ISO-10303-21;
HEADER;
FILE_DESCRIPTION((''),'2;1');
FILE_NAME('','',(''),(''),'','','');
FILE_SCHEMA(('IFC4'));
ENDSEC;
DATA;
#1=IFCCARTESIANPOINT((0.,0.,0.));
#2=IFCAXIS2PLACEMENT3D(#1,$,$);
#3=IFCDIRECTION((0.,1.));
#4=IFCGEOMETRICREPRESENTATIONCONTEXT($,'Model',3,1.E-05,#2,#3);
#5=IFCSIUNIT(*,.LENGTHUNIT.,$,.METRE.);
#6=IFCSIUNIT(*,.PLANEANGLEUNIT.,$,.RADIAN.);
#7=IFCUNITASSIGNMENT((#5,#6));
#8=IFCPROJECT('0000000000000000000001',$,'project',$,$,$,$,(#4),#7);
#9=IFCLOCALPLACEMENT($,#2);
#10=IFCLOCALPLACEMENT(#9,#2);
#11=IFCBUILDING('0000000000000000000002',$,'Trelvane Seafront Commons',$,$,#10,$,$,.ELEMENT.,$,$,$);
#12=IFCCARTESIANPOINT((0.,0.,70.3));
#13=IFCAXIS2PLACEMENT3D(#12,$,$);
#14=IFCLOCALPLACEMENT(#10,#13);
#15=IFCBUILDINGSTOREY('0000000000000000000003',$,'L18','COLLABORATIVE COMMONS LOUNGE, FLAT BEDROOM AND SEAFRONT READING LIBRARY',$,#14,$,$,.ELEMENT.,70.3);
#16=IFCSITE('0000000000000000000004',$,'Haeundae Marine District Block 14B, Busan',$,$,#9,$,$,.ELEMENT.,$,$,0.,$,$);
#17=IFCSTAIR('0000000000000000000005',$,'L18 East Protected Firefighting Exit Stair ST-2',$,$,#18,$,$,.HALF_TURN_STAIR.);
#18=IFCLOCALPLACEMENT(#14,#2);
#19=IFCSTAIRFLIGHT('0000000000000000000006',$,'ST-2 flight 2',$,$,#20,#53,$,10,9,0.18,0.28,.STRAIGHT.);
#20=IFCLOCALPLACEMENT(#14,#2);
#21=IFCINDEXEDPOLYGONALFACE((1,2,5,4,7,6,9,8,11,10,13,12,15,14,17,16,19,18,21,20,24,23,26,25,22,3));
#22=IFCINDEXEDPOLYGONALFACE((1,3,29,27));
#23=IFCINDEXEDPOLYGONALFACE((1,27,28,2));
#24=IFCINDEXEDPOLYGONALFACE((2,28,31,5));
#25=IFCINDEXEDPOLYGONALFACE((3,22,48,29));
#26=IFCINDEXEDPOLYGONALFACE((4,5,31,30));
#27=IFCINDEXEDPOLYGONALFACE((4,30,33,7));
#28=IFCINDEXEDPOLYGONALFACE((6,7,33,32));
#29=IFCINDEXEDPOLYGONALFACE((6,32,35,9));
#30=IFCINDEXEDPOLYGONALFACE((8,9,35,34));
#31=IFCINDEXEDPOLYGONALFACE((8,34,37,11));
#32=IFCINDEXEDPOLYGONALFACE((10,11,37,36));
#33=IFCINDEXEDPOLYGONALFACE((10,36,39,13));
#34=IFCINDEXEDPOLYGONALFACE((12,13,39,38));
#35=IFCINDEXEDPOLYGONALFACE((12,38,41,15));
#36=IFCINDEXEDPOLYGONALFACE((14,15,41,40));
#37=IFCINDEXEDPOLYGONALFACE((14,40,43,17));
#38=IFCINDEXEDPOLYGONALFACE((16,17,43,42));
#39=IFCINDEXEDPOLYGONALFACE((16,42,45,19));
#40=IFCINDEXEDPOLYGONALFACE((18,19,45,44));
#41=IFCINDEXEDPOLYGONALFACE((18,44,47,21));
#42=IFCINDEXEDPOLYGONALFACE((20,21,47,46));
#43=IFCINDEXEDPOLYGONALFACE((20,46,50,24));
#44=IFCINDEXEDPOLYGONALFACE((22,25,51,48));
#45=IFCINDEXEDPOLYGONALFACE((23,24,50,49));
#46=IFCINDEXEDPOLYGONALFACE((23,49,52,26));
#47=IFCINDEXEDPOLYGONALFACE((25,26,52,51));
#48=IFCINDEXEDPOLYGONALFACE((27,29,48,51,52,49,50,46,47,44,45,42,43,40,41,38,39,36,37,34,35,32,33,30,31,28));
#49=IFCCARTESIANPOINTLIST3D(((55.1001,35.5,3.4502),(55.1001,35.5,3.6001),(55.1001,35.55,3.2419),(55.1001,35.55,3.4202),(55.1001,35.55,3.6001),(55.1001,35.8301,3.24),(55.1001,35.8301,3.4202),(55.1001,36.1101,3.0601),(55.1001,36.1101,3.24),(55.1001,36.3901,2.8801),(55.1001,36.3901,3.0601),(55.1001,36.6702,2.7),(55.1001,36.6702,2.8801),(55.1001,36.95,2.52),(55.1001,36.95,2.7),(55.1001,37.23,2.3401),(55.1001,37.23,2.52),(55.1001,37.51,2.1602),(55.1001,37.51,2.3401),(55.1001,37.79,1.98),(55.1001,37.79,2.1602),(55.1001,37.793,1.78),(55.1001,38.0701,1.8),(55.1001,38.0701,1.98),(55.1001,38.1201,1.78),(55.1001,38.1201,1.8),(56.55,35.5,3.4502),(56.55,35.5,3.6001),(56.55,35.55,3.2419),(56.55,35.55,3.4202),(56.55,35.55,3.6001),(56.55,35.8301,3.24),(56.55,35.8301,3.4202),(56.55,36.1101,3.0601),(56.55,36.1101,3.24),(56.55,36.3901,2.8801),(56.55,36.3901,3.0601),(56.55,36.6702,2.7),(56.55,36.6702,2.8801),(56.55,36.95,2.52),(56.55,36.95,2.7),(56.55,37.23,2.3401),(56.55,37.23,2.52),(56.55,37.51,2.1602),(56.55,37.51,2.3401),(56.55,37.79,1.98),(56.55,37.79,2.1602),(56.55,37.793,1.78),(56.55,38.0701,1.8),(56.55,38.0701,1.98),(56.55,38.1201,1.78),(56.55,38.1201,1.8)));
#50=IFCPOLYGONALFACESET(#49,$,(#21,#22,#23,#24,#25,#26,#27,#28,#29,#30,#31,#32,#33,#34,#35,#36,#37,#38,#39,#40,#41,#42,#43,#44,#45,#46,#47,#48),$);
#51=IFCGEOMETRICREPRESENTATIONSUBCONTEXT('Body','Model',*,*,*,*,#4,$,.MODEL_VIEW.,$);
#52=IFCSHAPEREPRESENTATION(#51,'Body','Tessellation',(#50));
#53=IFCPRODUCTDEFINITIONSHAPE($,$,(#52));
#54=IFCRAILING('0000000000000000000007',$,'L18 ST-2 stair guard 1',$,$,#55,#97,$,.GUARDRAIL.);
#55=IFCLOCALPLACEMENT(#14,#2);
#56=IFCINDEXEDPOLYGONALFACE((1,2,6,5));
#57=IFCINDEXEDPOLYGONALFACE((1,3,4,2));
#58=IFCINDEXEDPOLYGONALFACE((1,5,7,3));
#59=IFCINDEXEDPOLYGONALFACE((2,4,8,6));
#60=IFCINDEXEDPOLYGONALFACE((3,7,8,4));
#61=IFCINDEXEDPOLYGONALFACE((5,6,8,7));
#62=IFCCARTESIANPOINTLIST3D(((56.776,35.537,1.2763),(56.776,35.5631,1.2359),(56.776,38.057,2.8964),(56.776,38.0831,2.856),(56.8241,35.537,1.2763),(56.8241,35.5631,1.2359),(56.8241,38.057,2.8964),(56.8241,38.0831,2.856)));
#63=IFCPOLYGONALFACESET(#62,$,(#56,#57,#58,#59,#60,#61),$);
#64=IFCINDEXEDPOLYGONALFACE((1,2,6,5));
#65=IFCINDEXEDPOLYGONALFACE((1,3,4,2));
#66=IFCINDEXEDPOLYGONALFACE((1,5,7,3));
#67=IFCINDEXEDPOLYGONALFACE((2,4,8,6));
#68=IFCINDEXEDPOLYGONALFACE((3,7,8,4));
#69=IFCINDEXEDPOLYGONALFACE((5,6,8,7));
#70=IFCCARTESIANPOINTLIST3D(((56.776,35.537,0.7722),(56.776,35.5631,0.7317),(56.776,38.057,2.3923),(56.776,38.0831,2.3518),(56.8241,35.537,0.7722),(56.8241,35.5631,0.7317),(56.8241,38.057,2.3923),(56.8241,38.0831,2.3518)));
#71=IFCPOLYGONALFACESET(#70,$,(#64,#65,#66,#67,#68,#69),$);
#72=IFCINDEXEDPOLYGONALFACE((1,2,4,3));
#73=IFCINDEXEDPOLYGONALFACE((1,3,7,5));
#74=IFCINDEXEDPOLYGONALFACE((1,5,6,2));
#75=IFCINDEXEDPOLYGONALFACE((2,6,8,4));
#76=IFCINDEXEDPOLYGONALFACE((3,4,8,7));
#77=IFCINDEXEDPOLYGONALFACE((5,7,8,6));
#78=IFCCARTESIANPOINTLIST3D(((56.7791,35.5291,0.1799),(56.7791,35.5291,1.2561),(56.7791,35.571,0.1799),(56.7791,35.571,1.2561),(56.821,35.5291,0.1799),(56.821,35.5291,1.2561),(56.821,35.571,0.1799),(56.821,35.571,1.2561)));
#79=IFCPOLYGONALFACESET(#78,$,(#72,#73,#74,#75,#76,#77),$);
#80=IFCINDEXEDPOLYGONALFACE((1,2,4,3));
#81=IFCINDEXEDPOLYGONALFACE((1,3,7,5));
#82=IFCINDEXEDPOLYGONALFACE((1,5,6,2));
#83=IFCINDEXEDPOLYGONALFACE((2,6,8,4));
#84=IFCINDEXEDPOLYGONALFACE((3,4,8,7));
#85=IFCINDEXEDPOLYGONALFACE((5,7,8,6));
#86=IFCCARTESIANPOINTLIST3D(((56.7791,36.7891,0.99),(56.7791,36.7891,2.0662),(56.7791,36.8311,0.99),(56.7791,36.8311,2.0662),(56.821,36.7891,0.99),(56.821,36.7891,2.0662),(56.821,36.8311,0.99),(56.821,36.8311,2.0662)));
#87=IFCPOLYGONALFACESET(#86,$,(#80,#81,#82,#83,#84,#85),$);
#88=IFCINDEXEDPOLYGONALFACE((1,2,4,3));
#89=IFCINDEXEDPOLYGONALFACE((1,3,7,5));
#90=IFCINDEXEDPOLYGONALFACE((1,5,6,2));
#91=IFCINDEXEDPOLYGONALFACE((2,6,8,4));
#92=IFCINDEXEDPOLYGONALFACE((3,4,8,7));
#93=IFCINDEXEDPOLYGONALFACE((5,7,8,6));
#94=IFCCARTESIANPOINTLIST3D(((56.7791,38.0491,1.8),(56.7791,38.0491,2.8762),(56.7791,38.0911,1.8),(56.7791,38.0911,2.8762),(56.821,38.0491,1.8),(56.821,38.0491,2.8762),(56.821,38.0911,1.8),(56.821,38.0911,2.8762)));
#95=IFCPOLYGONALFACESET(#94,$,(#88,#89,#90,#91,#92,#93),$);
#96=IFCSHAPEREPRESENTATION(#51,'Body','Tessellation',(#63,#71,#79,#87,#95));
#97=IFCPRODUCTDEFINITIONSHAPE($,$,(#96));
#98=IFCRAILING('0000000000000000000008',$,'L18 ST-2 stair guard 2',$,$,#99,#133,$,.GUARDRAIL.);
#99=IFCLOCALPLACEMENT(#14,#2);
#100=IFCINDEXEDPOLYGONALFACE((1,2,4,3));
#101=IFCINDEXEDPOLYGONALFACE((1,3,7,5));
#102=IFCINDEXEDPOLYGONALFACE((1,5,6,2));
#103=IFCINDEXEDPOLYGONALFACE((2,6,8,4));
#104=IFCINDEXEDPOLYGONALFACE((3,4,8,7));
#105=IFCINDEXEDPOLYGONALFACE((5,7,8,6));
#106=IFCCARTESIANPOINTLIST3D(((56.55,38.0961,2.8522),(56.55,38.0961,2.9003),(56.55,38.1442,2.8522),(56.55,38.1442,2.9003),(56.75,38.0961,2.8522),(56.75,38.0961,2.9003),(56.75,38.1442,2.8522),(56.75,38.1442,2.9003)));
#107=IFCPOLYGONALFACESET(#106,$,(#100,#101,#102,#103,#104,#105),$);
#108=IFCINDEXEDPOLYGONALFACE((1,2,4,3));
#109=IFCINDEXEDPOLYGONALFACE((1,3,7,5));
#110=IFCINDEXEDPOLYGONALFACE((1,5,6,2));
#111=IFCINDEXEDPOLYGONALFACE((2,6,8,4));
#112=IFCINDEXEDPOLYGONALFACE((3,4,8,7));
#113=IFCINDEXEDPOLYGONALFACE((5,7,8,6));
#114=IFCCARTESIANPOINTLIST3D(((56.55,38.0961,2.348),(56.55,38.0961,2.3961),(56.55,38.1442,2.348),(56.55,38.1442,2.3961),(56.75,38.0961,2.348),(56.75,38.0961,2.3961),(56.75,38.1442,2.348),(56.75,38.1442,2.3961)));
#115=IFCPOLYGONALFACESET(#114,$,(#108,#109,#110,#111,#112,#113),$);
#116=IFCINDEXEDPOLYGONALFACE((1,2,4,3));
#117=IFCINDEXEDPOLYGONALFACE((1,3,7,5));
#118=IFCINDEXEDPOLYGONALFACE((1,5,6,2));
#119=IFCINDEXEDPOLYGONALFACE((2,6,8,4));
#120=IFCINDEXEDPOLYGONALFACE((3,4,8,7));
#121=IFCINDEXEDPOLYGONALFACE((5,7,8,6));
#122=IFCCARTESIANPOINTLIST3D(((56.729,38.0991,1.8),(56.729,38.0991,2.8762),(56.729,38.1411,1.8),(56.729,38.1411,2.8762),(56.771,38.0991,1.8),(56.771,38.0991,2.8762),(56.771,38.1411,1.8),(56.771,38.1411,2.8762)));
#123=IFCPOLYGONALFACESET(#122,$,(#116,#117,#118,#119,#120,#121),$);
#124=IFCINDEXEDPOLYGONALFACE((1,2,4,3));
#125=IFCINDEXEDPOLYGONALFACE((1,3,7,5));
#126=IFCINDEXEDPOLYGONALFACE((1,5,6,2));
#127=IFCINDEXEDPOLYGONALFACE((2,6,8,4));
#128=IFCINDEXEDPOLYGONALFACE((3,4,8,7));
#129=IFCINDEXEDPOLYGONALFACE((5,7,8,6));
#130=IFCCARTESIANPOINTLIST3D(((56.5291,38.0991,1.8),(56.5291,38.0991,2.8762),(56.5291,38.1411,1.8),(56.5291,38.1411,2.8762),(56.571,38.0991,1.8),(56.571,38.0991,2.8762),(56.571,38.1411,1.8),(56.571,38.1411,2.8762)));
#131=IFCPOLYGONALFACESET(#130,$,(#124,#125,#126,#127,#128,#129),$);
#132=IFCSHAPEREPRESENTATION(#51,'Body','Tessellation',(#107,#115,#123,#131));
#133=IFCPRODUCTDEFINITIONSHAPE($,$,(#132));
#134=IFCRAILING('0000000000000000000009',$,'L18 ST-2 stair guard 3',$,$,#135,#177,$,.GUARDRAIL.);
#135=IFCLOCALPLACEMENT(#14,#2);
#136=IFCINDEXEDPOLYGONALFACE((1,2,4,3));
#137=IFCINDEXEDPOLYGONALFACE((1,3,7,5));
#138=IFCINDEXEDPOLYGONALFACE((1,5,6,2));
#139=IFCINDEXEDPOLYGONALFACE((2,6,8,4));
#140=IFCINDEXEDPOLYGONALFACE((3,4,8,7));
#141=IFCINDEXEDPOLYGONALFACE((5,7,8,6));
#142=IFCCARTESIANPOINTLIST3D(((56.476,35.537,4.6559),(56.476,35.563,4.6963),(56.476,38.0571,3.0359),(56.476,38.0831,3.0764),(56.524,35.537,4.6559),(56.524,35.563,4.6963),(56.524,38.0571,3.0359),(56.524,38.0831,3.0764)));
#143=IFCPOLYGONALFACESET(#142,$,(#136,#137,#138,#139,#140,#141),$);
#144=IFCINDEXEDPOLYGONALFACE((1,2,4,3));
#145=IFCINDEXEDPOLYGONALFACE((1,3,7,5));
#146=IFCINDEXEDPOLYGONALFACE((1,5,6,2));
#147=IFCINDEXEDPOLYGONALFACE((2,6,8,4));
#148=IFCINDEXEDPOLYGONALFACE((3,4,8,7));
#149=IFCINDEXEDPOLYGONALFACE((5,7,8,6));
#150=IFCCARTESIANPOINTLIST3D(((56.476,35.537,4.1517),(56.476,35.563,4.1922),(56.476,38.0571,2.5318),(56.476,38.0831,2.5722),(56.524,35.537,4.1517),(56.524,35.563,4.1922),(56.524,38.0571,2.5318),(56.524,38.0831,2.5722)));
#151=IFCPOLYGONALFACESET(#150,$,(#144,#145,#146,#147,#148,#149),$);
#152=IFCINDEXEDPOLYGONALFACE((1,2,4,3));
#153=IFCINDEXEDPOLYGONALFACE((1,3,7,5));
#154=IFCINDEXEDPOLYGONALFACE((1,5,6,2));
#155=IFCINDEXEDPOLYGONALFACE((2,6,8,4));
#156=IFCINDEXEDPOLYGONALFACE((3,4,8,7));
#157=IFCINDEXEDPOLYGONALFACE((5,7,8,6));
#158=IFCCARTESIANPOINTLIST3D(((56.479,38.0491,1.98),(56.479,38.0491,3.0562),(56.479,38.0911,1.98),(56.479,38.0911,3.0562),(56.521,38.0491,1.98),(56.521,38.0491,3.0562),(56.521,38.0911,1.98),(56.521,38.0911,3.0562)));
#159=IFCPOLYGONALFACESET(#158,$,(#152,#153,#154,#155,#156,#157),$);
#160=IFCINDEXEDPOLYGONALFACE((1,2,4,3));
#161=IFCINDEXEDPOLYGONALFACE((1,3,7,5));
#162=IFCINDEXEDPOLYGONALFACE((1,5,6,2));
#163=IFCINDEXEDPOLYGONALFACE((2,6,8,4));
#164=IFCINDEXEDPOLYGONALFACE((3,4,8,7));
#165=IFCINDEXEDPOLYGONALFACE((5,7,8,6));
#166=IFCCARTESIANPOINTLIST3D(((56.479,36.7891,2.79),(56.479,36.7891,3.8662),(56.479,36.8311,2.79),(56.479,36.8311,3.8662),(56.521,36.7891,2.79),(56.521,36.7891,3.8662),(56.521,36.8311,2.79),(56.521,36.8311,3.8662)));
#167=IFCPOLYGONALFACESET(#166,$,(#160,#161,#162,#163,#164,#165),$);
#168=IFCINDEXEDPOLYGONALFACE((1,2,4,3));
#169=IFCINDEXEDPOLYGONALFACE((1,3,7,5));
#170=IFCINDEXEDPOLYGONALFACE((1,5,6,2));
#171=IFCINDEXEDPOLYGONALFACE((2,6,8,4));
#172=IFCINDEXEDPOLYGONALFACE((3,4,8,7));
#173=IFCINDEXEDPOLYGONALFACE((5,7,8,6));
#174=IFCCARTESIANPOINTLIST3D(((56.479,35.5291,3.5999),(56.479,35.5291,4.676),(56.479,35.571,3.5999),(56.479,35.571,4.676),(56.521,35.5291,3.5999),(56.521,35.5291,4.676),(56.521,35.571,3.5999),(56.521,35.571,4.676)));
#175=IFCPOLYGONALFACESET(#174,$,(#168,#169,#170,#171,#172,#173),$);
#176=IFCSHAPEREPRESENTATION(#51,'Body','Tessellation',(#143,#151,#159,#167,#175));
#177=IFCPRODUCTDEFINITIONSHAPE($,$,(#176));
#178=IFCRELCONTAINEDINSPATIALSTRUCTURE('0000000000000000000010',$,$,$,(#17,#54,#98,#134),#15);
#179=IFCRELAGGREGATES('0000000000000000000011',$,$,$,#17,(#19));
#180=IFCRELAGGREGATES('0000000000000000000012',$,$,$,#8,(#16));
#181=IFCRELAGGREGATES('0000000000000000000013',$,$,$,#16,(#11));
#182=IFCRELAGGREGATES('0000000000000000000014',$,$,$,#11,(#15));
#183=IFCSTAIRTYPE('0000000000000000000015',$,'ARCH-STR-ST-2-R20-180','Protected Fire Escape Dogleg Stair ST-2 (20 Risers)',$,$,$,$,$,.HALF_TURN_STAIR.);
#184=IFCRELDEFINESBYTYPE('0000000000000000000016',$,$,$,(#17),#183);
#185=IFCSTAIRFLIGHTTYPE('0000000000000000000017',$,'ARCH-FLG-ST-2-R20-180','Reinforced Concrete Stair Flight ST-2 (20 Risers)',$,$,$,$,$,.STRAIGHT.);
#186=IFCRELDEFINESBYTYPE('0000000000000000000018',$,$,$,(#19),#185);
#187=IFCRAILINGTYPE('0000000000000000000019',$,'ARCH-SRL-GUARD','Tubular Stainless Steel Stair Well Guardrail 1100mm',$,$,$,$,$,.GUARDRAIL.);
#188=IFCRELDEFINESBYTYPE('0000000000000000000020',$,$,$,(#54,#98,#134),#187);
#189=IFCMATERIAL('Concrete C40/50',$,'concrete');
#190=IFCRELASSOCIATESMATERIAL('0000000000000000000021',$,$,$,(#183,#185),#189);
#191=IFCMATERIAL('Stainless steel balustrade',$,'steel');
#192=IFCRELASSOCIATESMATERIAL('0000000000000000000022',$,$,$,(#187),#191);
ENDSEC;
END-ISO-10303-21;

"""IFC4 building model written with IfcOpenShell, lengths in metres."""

from ifc_helpers import new_model, si_unit, direction, frame, origin, origin_2d, place, context, subcontext, project, spatial, polyline, rectangle, outline, extrude, source, transform, mapped, material, type_object, element, aggregate, save


model = new_model("IFC4")

# Units and contexts
model_context = context("Model", 3, precision=1e-05, world=origin(), true_north=direction((0.0, 1.0)))
body_context = subcontext(model_context, "Body", "Model", "MODEL_VIEW")
ifc_project = project(units=[si_unit("LENGTHUNIT", "METRE"), si_unit("PLANEANGLEUNIT", "RADIAN")], contexts=[model_context])

# Site, building, storey
site_placement = place(None, origin())
site = spatial("IfcSite", under=ifc_project, at=site_placement, Name="Haeundae Marine District Block 14B, Busan", CompositionType="ELEMENT", RefElevation=0.0)
building_placement = place(site_placement, origin())
building = spatial("IfcBuilding", under=site, at=building_placement, Name="Trelvane Seafront Commons", CompositionType="ELEMENT")
storey_placement = place(building_placement, frame((0.0, 0.0, 70.3)))
storey = spatial("IfcBuildingStorey", under=building, at=storey_placement, Name="L18", Description="COLLABORATIVE COMMONS LOUNGE, FLAT BEDROOM AND SEAFRONT READING LIBRARY", CompositionType="ELEMENT", Elevation=70.3)

# Stair, stair flight
ifc_material_1 = material(Name="Concrete C40/50", Category="concrete")
stair_type = type_object("IfcStairType", Name="ARCH-STR-ST-2-R20-180", Description="Protected Fire Escape Dogleg Stair ST-2 (20 Risers)", PredefinedType="HALF_TURN_STAIR", material=ifc_material_1)
stair_placement = place(storey_placement, origin())
stair = element("IfcStair", 1, at=stair_placement, inside=storey, type_object=stair_type, Name="L18 East Protected Firefighting Exit Stair ST-2", PredefinedType="HALF_TURN_STAIR")
stair_flight_type = type_object("IfcStairFlightType", Name="ARCH-FLG-ST-2-R20-180", Description="Reinforced Concrete Stair Flight ST-2 (20 Risers)", PredefinedType="STRAIGHT", material=ifc_material_1)
shared_shape_1 = source(origin(), body_context, "Body", "SweptSolid", [
    extrude(outline(polyline([(-0.05, -0.02), (-0.05, 0.0), (0.0, 0.0), (0.0, 0.1799), (0.28, 0.1799), (0.28, 0.3601), (0.5601, 0.3601), (0.5601, 0.54), (0.8401, 0.54), (0.8401, 0.72), (1.1201, 0.72), (1.1201, 0.8999), (1.3999, 0.8999), (1.3999, 1.0801), (1.6799, 1.0801), (1.6799, 1.26), (1.96, 1.26), (1.96, 1.4399), (2.24, 1.4399), (2.24, 1.6201), (2.52, 1.6201), (2.52, 1.8), (2.5701, 1.8), (2.5701, 1.6501), (2.52, 1.4419), (0.2771, -0.02), (-0.05, -0.02)])), frame((0.0, 0.7251, 0.0), z_axis=(0.0, -1.0, 0.0), x_axis=(1.0, 0.0, 0.0)), (0.0, 0.0, 1.0), 1.45),
])
stair_flight_1_placement = place(storey_placement, frame((55.825, 38.0701, 1.8), z_axis=(0.0, 0.0, 1.0), x_axis=(0.0, -1.0, 0.0)))
stair_flight_1 = element("IfcStairFlight", 2, at=stair_flight_1_placement, type_object=stair_flight_type, Name="ST-2 flight 2", NumberOfRisers=10, NumberOfTreads=9, PredefinedType="STRAIGHT", RiserHeight=0.18, TreadLength=0.28, context=body_context, shape_type="MappedRepresentation", body=[
    mapped(shared_shape_1, transform((0.0, 0.0, 0.0), x_axis=(1.0, 0.0, 0.0), y_axis=(0.0, 1.0, 0.0), z_axis=(0.0, 0.0, 1.0), scale=1.0)),
])
aggregate(stair, [stair_flight_1])

# Railings
ifc_material_2 = material(Name="Stainless steel balustrade", Category="steel")
railing_type_1 = type_object("IfcRailingType", Name="ARCH-SRL-GUARD", Description="Tubular Stainless Steel Stair Well Guardrail 1100mm", PredefinedType="GUARDRAIL", material=ifc_material_2)
railing_1_placement = place(storey_placement, frame((56.8, 35.55, 0.1799)))
element("IfcRailing", 3, at=railing_1_placement, inside=storey, type_object=railing_type_1, Name="L18 ST-2 stair guard 1", PredefinedType="GUARDRAIL", context=body_context, shape_type="SweptSolid", body=[
    extrude(rectangle(XDim=0.0481, YDim=0.0481, at=origin_2d()), frame((0.0, 0.0, 1.0762), z_axis=(0.0, 0.841163, 0.540782), x_axis=(-1.0, 0.0, 0.0)), (0.0, 0.0, 1.0), 2.9958),
    extrude(rectangle(XDim=0.0481, YDim=0.0481, at=origin_2d()), frame((0.0, 0.0, 0.572), z_axis=(0.0, 0.841163, 0.540782), x_axis=(-1.0, 0.0, 0.0)), (0.0, 0.0, 1.0), 2.9958),
    extrude(rectangle(XDim=0.042, YDim=0.042, at=origin_2d()), origin(), (0.0, 0.0, 1.0), 1.0762),
    extrude(rectangle(XDim=0.042, YDim=0.042, at=origin_2d()), frame((0.0, 1.26, 0.8101)), (0.0, 0.0, 1.0), 1.0762),
    extrude(rectangle(XDim=0.042, YDim=0.042, at=origin_2d()), frame((0.0, 2.52, 1.6201)), (0.0, 0.0, 1.0), 1.0762),
])
railing_2_placement = place(storey_placement, frame((56.75, 38.1201, 1.8)))
element("IfcRailing", 4, at=railing_2_placement, inside=storey, type_object=railing_type_1, Name="L18 ST-2 stair guard 2", PredefinedType="GUARDRAIL", context=body_context, shape_type="SweptSolid", body=[
    extrude(rectangle(XDim=0.0481, YDim=0.0481, at=origin_2d()), frame((0.0, 0.0, 1.0762), z_axis=(-1.0, 0.0, 0.0), x_axis=(0.0, -1.0, 0.0)), (0.0, 0.0, 1.0), 0.2),
    extrude(rectangle(XDim=0.0481, YDim=0.0481, at=origin_2d()), frame((0.0, 0.0, 0.572), z_axis=(-1.0, 0.0, 0.0), x_axis=(0.0, -1.0, 0.0)), (0.0, 0.0, 1.0), 0.2),
    extrude(rectangle(XDim=0.042, YDim=0.042, at=origin_2d()), origin(), (0.0, 0.0, 1.0), 1.0762),
    extrude(rectangle(XDim=0.042, YDim=0.042, at=origin_2d()), frame((-0.2, 0.0, 0.0)), (0.0, 0.0, 1.0), 1.0762),
])
railing_3_placement = place(storey_placement, frame((56.5, 38.0701, 1.98)))
element("IfcRailing", 5, at=railing_3_placement, inside=storey, type_object=railing_type_1, Name="L18 ST-2 stair guard 3", PredefinedType="GUARDRAIL", context=body_context, shape_type="SweptSolid", body=[
    extrude(rectangle(XDim=0.0481, YDim=0.0481, at=origin_2d()), frame((0.0, 0.0, 1.0762), z_axis=(0.0, -0.8412, 0.540725), x_axis=(1.0, 0.0, 0.0)), (0.0, 0.0, 1.0), 2.9958),
    extrude(rectangle(XDim=0.0481, YDim=0.0481, at=origin_2d()), frame((0.0, 0.0, 0.572), z_axis=(0.0, -0.8412, 0.540725), x_axis=(1.0, 0.0, 0.0)), (0.0, 0.0, 1.0), 2.9958),
    extrude(rectangle(XDim=0.042, YDim=0.042, at=origin_2d()), origin(), (0.0, 0.0, 1.0), 1.0762),
    extrude(rectangle(XDim=0.042, YDim=0.042, at=origin_2d()), frame((0.0, -1.26, 0.8101)), (0.0, 0.0, 1.0), 1.0762),
    extrude(rectangle(XDim=0.042, YDim=0.042, at=origin_2d()), frame((0.0, -2.52, 1.6199)), (0.0, 0.0, 1.0), 1.0762),
])

save(model, "model.ifc")
